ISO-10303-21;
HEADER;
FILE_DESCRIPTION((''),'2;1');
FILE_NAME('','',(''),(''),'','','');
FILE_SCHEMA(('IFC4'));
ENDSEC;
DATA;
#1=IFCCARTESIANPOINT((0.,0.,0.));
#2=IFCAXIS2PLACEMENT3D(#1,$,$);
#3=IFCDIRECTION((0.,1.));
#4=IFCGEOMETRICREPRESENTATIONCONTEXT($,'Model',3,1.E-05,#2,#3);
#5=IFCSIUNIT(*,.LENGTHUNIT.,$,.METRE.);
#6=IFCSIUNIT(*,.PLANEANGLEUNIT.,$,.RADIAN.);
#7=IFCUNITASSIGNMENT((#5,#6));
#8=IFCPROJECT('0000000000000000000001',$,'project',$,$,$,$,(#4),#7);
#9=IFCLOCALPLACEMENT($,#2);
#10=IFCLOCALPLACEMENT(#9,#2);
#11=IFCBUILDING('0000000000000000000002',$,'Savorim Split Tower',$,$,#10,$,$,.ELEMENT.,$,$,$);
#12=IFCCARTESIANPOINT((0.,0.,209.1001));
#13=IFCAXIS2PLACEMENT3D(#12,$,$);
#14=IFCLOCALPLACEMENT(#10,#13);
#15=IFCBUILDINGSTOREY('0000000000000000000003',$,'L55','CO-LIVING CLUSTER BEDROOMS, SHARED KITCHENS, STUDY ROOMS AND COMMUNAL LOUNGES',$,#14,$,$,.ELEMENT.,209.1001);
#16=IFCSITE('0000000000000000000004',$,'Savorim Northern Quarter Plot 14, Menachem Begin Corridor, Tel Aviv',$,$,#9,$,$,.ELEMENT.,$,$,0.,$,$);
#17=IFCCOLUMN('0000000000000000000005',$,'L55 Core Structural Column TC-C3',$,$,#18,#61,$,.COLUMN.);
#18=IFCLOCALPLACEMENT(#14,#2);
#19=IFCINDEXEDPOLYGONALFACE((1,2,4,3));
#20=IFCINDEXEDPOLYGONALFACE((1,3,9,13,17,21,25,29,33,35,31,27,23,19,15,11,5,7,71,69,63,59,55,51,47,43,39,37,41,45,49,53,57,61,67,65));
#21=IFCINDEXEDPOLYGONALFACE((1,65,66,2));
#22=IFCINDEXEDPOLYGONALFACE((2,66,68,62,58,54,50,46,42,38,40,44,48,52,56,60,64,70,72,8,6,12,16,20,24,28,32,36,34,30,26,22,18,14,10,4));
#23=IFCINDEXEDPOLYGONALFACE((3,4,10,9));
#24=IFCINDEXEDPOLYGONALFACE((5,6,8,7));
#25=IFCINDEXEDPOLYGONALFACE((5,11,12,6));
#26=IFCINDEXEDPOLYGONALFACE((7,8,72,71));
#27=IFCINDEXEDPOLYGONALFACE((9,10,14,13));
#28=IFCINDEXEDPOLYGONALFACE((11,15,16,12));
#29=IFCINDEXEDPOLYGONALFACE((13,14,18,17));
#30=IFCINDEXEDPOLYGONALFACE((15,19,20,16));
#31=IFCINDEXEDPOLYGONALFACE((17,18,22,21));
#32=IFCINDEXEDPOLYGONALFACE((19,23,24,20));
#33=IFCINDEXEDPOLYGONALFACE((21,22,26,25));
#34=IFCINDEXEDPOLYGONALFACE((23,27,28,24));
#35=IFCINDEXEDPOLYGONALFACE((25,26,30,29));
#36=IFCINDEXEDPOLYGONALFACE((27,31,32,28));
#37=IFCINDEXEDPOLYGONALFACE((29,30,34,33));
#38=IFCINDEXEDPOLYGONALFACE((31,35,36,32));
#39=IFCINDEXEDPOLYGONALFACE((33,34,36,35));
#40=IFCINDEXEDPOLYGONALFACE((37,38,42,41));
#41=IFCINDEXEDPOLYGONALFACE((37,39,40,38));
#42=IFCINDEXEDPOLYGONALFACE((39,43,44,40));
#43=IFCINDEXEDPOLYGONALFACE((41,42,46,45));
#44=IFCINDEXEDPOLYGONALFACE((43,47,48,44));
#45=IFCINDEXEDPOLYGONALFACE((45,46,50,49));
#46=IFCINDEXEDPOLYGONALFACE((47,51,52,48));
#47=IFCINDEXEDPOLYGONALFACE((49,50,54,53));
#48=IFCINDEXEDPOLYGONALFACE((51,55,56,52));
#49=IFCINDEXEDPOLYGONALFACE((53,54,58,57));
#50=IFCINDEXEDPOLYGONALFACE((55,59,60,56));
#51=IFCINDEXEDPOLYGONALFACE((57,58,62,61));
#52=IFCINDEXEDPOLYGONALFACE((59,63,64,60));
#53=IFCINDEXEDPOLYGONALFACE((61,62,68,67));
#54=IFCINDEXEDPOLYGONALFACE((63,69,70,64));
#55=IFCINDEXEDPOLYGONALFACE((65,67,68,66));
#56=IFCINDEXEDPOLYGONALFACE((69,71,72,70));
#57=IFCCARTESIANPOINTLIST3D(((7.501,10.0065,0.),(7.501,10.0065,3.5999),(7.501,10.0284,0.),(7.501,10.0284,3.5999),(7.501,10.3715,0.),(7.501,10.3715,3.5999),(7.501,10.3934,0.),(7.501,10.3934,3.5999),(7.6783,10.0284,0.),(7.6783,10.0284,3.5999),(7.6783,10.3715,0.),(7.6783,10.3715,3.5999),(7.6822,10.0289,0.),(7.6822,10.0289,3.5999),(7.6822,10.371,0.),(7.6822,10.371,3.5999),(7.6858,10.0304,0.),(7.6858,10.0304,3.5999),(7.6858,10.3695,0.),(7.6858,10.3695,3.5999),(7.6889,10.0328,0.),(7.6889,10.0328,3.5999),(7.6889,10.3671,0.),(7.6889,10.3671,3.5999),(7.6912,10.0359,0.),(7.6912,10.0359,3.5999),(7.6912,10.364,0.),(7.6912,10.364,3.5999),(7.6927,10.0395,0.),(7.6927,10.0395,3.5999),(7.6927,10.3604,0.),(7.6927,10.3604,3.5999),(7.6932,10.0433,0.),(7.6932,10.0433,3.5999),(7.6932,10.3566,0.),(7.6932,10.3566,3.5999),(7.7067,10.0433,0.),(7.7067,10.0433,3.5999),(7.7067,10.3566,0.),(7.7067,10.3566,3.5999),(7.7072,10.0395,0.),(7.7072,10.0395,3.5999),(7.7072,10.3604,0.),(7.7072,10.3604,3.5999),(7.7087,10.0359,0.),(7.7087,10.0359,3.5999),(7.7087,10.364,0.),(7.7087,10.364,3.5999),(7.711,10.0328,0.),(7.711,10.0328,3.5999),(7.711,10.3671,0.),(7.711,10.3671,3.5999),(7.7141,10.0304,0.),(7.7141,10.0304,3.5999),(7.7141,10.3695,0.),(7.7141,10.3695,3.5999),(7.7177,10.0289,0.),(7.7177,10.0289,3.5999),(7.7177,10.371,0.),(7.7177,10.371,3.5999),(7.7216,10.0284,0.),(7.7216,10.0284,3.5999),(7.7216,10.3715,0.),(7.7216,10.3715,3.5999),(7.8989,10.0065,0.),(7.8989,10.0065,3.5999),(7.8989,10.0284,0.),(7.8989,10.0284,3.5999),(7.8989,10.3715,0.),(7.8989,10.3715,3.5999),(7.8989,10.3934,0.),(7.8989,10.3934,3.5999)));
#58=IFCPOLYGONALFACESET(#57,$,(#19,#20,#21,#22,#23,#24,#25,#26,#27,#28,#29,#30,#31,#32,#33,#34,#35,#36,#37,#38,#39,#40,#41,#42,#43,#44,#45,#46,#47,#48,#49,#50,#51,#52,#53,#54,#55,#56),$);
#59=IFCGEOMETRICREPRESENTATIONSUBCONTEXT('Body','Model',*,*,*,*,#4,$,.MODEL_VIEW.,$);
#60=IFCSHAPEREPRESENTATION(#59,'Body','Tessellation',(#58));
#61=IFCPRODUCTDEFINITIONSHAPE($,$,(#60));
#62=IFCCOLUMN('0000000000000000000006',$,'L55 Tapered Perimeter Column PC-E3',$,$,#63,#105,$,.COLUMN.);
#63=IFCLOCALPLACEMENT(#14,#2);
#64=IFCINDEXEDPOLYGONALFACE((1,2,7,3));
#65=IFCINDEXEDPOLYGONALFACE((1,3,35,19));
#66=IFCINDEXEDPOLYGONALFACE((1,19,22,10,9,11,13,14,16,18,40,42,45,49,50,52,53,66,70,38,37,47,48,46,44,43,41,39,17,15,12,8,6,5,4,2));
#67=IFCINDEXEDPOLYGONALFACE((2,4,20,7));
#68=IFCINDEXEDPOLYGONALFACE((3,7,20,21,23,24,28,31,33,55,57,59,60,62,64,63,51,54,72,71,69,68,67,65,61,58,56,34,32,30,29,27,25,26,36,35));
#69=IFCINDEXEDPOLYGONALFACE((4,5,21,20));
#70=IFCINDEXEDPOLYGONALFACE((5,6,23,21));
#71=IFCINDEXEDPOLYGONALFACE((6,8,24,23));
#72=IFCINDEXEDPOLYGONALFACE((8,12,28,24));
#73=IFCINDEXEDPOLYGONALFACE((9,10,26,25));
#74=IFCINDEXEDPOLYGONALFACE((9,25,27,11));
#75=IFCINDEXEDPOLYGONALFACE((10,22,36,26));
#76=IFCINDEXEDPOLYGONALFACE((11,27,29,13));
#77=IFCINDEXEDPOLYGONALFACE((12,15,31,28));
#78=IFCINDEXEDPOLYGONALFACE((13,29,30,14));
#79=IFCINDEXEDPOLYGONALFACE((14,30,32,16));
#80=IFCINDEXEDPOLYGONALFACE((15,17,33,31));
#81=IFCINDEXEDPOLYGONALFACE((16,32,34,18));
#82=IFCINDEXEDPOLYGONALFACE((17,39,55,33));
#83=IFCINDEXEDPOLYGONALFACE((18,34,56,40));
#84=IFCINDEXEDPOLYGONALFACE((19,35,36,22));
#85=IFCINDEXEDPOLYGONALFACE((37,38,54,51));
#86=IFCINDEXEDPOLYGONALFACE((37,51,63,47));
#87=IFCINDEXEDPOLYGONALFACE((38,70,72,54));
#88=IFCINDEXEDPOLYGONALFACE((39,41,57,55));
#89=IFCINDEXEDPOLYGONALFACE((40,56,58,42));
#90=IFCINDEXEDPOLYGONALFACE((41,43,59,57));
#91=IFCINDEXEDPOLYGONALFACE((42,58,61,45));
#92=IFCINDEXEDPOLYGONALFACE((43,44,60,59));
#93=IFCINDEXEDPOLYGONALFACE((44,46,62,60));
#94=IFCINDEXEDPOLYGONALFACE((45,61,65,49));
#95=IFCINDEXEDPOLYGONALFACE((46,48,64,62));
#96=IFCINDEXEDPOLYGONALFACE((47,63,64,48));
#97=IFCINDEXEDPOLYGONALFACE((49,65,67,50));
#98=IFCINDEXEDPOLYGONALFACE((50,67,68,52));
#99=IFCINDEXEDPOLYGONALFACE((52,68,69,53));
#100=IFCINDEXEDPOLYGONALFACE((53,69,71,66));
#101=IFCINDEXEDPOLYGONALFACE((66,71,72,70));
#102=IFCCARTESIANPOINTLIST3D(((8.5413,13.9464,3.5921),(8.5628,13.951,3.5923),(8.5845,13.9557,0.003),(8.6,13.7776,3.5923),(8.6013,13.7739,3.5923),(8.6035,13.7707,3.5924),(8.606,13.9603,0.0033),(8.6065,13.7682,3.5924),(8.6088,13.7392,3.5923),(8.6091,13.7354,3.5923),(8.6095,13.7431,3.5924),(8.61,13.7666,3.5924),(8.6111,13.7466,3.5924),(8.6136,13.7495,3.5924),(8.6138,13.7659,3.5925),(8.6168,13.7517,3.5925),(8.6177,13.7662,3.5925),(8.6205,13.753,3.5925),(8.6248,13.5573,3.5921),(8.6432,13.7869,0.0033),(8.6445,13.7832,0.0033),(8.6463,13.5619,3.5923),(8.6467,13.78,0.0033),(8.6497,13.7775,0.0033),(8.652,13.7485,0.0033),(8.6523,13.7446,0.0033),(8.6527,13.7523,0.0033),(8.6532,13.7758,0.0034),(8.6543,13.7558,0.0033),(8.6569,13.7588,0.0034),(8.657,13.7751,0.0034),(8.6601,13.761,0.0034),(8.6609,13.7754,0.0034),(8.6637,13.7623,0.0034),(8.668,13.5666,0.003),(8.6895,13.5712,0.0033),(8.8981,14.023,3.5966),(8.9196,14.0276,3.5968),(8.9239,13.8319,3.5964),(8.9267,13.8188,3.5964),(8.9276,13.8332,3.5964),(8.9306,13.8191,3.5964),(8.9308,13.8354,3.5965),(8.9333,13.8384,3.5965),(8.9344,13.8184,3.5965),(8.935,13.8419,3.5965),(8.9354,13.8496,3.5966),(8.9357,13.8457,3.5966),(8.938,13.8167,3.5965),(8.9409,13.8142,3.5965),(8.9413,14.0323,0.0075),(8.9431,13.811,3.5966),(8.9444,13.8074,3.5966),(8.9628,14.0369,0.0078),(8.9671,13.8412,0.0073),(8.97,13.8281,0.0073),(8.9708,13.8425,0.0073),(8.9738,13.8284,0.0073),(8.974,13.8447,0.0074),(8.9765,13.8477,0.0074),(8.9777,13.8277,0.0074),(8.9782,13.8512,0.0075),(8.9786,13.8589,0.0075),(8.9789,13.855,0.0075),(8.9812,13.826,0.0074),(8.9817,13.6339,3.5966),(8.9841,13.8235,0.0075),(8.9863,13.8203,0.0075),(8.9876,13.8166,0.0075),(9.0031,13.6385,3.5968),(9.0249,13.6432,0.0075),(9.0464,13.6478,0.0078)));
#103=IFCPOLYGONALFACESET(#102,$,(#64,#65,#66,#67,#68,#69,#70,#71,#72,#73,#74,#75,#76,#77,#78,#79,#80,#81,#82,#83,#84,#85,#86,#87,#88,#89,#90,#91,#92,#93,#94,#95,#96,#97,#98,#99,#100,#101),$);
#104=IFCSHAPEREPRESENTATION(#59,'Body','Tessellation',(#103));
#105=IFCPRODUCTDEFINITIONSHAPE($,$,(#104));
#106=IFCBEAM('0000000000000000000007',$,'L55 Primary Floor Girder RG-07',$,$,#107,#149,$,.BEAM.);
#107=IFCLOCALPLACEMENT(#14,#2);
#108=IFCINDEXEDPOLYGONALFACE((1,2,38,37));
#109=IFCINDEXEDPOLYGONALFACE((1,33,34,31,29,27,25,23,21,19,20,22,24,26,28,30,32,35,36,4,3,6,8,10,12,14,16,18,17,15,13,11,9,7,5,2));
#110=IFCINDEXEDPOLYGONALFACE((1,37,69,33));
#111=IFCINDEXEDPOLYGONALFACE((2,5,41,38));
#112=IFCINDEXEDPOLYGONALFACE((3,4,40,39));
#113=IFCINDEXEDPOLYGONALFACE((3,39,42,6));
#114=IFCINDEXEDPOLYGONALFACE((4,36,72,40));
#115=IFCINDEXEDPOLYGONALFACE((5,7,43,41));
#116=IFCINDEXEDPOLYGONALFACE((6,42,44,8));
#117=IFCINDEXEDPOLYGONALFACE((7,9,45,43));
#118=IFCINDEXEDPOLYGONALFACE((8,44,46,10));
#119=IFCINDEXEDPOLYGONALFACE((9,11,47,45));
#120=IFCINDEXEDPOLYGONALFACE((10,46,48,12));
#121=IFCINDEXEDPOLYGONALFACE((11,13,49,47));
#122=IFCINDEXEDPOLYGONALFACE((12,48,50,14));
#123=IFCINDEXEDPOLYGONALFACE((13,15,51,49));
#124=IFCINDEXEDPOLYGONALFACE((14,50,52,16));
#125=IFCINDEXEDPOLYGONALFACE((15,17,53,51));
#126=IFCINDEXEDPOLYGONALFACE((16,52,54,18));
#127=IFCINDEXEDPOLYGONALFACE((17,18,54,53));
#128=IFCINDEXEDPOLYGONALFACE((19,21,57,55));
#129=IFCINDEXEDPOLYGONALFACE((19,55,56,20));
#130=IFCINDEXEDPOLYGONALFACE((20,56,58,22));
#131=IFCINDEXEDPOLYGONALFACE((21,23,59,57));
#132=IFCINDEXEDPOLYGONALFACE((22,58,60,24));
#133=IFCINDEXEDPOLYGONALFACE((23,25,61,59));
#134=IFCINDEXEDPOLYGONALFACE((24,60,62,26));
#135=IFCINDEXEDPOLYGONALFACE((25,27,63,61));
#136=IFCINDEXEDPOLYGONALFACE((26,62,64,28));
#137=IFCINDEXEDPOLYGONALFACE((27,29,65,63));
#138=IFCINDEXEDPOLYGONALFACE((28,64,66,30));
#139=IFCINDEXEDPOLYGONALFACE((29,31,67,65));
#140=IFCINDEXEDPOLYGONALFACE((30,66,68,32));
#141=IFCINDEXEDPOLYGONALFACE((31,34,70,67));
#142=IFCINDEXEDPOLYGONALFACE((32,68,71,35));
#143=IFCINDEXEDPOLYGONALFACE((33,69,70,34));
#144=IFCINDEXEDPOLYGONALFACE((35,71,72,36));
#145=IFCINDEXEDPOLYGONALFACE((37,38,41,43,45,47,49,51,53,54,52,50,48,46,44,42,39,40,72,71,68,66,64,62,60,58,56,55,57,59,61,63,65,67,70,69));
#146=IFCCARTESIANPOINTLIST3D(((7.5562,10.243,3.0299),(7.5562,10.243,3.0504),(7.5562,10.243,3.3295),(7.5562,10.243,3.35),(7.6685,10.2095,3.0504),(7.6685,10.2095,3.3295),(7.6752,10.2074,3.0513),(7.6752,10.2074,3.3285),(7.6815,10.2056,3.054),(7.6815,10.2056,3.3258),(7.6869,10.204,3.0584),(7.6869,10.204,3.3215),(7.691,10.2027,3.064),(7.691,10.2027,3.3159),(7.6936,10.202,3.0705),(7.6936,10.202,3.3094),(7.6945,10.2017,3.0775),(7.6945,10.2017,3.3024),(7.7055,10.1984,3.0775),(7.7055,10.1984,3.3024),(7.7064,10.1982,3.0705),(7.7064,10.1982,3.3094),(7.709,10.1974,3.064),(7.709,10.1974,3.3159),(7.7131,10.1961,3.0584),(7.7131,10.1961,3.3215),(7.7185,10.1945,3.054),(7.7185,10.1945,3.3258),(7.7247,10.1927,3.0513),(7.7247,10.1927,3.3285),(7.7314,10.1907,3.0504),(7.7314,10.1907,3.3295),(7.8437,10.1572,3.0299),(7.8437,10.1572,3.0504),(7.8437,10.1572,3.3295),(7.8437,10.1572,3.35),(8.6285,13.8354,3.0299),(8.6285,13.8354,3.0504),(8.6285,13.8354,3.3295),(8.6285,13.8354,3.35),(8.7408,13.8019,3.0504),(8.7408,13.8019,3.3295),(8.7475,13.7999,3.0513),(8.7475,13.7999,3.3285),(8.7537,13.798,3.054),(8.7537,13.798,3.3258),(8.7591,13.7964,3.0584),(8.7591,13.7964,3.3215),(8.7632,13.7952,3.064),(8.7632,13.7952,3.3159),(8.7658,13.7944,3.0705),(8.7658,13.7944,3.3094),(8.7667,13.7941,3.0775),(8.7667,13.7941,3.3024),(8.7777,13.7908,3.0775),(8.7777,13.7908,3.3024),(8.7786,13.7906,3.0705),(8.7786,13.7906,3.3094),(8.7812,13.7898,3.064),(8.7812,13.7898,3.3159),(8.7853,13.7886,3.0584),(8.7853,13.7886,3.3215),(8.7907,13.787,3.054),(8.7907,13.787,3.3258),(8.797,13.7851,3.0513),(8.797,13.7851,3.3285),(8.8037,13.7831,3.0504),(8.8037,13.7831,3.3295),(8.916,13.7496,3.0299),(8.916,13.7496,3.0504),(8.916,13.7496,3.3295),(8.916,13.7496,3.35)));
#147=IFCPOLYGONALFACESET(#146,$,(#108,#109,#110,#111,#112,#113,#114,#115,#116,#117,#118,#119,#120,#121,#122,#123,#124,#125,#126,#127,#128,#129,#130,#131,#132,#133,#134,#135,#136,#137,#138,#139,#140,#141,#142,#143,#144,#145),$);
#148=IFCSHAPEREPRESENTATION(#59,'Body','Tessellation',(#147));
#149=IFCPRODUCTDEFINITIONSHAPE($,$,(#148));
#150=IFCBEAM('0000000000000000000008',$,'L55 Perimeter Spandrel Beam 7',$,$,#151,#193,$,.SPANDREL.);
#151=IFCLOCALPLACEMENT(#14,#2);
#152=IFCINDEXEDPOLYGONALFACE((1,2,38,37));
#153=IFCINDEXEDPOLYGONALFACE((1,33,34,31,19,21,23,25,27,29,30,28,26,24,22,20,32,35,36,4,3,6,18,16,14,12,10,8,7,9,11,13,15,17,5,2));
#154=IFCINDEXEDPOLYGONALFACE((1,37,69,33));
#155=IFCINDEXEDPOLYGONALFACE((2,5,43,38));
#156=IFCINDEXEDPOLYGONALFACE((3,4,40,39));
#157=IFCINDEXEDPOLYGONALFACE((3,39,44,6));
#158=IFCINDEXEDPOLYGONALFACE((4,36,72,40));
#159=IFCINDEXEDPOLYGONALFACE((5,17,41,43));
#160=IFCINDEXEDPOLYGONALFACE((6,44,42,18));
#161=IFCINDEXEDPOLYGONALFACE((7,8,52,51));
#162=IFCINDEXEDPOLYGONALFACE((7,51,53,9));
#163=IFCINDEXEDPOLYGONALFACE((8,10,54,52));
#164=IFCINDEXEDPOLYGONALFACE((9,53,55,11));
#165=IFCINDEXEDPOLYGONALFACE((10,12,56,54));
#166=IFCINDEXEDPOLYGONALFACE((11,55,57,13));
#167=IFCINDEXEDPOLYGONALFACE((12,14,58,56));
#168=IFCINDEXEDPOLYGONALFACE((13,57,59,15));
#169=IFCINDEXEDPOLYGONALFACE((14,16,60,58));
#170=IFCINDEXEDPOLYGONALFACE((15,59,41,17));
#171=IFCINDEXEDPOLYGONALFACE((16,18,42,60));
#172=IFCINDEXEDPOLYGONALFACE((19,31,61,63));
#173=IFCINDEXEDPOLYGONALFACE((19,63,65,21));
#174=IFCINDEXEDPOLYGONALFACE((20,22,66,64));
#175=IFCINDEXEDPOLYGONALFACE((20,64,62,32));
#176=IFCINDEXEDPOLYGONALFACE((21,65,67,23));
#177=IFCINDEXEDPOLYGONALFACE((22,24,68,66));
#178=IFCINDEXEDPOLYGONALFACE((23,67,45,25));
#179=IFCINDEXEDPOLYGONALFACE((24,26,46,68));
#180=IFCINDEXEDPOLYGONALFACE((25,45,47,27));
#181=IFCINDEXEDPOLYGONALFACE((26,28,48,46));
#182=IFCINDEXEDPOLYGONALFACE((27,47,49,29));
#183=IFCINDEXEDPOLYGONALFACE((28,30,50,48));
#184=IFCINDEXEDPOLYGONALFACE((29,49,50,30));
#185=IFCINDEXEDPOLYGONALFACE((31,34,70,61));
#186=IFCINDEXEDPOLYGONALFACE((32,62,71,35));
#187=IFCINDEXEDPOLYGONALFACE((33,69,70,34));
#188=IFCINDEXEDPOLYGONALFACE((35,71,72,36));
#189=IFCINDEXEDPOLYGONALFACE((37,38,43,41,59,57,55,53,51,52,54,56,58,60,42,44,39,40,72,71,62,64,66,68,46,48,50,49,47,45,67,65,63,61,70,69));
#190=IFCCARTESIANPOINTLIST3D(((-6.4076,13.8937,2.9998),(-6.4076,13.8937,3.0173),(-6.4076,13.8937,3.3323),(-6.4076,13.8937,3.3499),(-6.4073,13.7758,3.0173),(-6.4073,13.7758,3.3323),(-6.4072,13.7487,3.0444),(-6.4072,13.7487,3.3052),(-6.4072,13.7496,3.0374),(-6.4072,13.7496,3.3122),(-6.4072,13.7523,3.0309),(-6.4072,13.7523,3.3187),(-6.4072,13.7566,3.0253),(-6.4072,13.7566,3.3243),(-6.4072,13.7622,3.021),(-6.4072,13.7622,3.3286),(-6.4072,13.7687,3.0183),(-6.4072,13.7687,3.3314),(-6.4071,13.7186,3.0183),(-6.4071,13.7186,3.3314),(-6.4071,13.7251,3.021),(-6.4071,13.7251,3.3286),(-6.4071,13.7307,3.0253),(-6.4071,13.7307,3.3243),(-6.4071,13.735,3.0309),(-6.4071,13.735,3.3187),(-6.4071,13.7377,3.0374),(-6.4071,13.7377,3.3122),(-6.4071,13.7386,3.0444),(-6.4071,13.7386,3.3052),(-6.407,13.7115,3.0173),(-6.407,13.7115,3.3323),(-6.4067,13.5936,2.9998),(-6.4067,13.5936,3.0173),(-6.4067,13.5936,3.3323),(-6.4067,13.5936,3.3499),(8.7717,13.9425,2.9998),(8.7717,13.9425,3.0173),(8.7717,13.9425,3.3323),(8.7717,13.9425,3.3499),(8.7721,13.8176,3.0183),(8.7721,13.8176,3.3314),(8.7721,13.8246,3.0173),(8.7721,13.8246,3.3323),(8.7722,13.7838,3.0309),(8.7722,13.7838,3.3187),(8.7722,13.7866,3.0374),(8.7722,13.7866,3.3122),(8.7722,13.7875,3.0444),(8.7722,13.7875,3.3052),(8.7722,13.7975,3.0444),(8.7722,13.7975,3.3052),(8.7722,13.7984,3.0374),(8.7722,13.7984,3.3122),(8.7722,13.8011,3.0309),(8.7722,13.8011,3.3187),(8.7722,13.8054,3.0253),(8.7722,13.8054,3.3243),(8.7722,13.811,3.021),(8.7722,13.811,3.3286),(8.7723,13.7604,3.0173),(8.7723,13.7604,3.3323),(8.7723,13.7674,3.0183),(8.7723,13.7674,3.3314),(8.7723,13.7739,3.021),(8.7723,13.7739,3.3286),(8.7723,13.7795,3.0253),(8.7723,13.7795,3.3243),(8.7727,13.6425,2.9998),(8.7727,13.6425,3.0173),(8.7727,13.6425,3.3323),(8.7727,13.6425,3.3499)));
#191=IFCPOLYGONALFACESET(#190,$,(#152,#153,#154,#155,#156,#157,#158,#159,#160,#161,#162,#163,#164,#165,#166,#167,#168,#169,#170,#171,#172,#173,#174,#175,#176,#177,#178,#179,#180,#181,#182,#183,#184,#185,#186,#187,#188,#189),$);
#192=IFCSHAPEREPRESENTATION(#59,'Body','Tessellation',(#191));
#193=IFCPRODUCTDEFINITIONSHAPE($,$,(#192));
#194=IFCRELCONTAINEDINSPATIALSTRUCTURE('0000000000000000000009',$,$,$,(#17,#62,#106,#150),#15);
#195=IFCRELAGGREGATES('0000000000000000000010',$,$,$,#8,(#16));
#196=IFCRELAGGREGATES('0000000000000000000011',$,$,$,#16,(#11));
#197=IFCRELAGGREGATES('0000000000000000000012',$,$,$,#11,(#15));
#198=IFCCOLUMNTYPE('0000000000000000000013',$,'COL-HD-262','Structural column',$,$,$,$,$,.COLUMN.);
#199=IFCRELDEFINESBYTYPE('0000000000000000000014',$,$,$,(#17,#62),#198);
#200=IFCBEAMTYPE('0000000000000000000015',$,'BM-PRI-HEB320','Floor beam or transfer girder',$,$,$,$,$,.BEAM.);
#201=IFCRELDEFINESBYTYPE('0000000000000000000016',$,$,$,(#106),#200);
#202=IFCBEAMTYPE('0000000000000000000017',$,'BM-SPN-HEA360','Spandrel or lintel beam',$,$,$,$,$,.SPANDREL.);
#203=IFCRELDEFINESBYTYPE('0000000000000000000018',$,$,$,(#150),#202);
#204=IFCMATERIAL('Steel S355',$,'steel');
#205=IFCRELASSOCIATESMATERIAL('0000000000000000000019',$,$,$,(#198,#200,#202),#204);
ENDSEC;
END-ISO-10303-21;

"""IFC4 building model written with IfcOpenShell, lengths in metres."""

from ifc_helpers import new_model, si_unit, direction, frame, origin, origin_2d, place, context, subcontext, project, spatial, i_section, extrude, material, material_profile, profile_set, type_object, element, save


model = new_model("IFC4")

# Units and contexts
model_context = context("Model", 3, precision=1e-05, world=origin(), true_north=direction((0.0, 1.0)))
body_context = subcontext(model_context, "Body", "Model", "MODEL_VIEW")
ifc_project = project(units=[si_unit("LENGTHUNIT", "METRE"), si_unit("PLANEANGLEUNIT", "RADIAN")], contexts=[model_context])

# Site, building, storey
site_placement = place(None, origin())
site = spatial("IfcSite", under=ifc_project, at=site_placement, Name="Savorim Northern Quarter Plot 14, Menachem Begin Corridor, Tel Aviv", CompositionType="ELEMENT", RefElevation=0.0)
building_placement = place(site_placement, origin())
building = spatial("IfcBuilding", under=site, at=building_placement, Name="Savorim Split Tower", CompositionType="ELEMENT")
storey_placement = place(building_placement, frame((0.0, 0.0, 209.1001)))
storey = spatial("IfcBuildingStorey", under=building, at=storey_placement, Name="L55", Description="CO-LIVING CLUSTER BEDROOMS, SHARED KITCHENS, STUDY ROOMS AND COMMUNAL LOUNGES", CompositionType="ELEMENT", Elevation=209.1001)

# Columns
ifc_material_1 = material(Name="Steel S355", Category="steel")
ifc_material_profile_1 = material_profile(ifc_material_1, i_section(OverallWidth=0.3979, OverallDepth=0.387, WebThickness=0.0134, FlangeThickness=0.022, FilletRadius=0.0149, at=origin_2d()), Name="HD 400x262")
ifc_profile_set_1 = profile_set([ifc_material_profile_1], Name="Steel S355")
column_type = type_object("IfcColumnType", Name="COL-HD-262", Description="Structural column", PredefinedType="COLUMN", material=ifc_profile_set_1)
column_1_placement = place(storey_placement, frame((7.7, 10.2, 0.0), z_axis=(0.0, 0.0, 1.0), x_axis=(1.0, 0.0, 0.0)))
element("IfcColumn", 1, at=column_1_placement, inside=storey, type_object=column_type, Name="L55 Core Structural Column TC-C3", PredefinedType="COLUMN", context=body_context, shape_type="SweptSolid", body=[
    extrude(i_section(OverallWidth=0.3979, OverallDepth=0.387, WebThickness=0.0134, FlangeThickness=0.022, FilletRadius=0.0149, at=origin_2d()), origin(), (0.0, 0.0, 1.0), 3.5999),
])
column_2_placement = place(storey_placement, frame((8.8154, 13.8018, 0.0054), z_axis=(-0.012039, -0.002585, 0.999924), x_axis=(0.209906, -0.977722, 0.0)))
element("IfcColumn", 2, at=column_2_placement, inside=storey, type_object=column_type, Name="L55 Tapered Perimeter Column PC-E3", PredefinedType="COLUMN", context=body_context, shape_type="SweptSolid", body=[
    extrude(i_section(OverallWidth=0.3979, OverallDepth=0.387, WebThickness=0.0134, FlangeThickness=0.022, FilletRadius=0.0149, at=origin_2d()), origin(), (0.0, 0.0, 1.0), 3.5894),
])

# Beams
ifc_material_profile_2 = material_profile(ifc_material_1, i_section(OverallWidth=0.3, OverallDepth=0.3201, WebThickness=0.0115, FlangeThickness=0.0205, FilletRadius=0.0271, at=origin_2d()), Name="HEB 320")
ifc_profile_set_2 = profile_set([ifc_material_profile_2], Name="Steel S355")
beam_type_1 = type_object("IfcBeamType", Name="BM-PRI-HEB320", Description="Floor beam or transfer girder", PredefinedType="BEAM", material=ifc_profile_set_2)
beam_1_placement = place(storey_placement, frame((8.7722, 13.7925, 3.1899), z_axis=(-0.286003, -0.958229, 0.0), x_axis=(0.958229, -0.286003, 0.0)))
element("IfcBeam", 3, at=beam_1_placement, inside=storey, type_object=beam_type_1, Name="L55 Primary Floor Girder RG-07", PredefinedType="BEAM", context=body_context, shape_type="SweptSolid", body=[
    extrude(i_section(OverallWidth=0.3, OverallDepth=0.3201, WebThickness=0.0115, FlangeThickness=0.0205, FilletRadius=0.0271, at=origin_2d()), origin(), (0.0, 0.0, 1.0), 3.749),
])
ifc_material_profile_3 = material_profile(ifc_material_1, i_section(OverallWidth=0.3, OverallDepth=0.3501, WebThickness=0.01, FlangeThickness=0.0176, FilletRadius=0.0271, at=origin_2d()), Name="HEA 360")
ifc_profile_set_3 = profile_set([ifc_material_profile_3], Name="Steel S355")
beam_type_2 = type_object("IfcBeamType", Name="BM-SPN-HEA360", Description="Spandrel or lintel beam", PredefinedType="SPANDREL", material=ifc_profile_set_3)
beam_2_placement = place(storey_placement, frame((8.7722, 13.7925, 3.1748), z_axis=(-0.999995, -0.003217, 0.0), x_axis=(0.003217, -0.999995, 0.0)))
element("IfcBeam", 4, at=beam_2_placement, inside=storey, type_object=beam_type_2, Name="L55 Perimeter Spandrel Beam 7", PredefinedType="SPANDREL", context=body_context, shape_type="SweptSolid", body=[
    extrude(i_section(OverallWidth=0.3, OverallDepth=0.3501, WebThickness=0.01, FlangeThickness=0.0176, FilletRadius=0.0271, at=origin_2d()), origin(), (0.0, 0.0, 1.0), 15.1794),
])

save(model, "model.ifc")
